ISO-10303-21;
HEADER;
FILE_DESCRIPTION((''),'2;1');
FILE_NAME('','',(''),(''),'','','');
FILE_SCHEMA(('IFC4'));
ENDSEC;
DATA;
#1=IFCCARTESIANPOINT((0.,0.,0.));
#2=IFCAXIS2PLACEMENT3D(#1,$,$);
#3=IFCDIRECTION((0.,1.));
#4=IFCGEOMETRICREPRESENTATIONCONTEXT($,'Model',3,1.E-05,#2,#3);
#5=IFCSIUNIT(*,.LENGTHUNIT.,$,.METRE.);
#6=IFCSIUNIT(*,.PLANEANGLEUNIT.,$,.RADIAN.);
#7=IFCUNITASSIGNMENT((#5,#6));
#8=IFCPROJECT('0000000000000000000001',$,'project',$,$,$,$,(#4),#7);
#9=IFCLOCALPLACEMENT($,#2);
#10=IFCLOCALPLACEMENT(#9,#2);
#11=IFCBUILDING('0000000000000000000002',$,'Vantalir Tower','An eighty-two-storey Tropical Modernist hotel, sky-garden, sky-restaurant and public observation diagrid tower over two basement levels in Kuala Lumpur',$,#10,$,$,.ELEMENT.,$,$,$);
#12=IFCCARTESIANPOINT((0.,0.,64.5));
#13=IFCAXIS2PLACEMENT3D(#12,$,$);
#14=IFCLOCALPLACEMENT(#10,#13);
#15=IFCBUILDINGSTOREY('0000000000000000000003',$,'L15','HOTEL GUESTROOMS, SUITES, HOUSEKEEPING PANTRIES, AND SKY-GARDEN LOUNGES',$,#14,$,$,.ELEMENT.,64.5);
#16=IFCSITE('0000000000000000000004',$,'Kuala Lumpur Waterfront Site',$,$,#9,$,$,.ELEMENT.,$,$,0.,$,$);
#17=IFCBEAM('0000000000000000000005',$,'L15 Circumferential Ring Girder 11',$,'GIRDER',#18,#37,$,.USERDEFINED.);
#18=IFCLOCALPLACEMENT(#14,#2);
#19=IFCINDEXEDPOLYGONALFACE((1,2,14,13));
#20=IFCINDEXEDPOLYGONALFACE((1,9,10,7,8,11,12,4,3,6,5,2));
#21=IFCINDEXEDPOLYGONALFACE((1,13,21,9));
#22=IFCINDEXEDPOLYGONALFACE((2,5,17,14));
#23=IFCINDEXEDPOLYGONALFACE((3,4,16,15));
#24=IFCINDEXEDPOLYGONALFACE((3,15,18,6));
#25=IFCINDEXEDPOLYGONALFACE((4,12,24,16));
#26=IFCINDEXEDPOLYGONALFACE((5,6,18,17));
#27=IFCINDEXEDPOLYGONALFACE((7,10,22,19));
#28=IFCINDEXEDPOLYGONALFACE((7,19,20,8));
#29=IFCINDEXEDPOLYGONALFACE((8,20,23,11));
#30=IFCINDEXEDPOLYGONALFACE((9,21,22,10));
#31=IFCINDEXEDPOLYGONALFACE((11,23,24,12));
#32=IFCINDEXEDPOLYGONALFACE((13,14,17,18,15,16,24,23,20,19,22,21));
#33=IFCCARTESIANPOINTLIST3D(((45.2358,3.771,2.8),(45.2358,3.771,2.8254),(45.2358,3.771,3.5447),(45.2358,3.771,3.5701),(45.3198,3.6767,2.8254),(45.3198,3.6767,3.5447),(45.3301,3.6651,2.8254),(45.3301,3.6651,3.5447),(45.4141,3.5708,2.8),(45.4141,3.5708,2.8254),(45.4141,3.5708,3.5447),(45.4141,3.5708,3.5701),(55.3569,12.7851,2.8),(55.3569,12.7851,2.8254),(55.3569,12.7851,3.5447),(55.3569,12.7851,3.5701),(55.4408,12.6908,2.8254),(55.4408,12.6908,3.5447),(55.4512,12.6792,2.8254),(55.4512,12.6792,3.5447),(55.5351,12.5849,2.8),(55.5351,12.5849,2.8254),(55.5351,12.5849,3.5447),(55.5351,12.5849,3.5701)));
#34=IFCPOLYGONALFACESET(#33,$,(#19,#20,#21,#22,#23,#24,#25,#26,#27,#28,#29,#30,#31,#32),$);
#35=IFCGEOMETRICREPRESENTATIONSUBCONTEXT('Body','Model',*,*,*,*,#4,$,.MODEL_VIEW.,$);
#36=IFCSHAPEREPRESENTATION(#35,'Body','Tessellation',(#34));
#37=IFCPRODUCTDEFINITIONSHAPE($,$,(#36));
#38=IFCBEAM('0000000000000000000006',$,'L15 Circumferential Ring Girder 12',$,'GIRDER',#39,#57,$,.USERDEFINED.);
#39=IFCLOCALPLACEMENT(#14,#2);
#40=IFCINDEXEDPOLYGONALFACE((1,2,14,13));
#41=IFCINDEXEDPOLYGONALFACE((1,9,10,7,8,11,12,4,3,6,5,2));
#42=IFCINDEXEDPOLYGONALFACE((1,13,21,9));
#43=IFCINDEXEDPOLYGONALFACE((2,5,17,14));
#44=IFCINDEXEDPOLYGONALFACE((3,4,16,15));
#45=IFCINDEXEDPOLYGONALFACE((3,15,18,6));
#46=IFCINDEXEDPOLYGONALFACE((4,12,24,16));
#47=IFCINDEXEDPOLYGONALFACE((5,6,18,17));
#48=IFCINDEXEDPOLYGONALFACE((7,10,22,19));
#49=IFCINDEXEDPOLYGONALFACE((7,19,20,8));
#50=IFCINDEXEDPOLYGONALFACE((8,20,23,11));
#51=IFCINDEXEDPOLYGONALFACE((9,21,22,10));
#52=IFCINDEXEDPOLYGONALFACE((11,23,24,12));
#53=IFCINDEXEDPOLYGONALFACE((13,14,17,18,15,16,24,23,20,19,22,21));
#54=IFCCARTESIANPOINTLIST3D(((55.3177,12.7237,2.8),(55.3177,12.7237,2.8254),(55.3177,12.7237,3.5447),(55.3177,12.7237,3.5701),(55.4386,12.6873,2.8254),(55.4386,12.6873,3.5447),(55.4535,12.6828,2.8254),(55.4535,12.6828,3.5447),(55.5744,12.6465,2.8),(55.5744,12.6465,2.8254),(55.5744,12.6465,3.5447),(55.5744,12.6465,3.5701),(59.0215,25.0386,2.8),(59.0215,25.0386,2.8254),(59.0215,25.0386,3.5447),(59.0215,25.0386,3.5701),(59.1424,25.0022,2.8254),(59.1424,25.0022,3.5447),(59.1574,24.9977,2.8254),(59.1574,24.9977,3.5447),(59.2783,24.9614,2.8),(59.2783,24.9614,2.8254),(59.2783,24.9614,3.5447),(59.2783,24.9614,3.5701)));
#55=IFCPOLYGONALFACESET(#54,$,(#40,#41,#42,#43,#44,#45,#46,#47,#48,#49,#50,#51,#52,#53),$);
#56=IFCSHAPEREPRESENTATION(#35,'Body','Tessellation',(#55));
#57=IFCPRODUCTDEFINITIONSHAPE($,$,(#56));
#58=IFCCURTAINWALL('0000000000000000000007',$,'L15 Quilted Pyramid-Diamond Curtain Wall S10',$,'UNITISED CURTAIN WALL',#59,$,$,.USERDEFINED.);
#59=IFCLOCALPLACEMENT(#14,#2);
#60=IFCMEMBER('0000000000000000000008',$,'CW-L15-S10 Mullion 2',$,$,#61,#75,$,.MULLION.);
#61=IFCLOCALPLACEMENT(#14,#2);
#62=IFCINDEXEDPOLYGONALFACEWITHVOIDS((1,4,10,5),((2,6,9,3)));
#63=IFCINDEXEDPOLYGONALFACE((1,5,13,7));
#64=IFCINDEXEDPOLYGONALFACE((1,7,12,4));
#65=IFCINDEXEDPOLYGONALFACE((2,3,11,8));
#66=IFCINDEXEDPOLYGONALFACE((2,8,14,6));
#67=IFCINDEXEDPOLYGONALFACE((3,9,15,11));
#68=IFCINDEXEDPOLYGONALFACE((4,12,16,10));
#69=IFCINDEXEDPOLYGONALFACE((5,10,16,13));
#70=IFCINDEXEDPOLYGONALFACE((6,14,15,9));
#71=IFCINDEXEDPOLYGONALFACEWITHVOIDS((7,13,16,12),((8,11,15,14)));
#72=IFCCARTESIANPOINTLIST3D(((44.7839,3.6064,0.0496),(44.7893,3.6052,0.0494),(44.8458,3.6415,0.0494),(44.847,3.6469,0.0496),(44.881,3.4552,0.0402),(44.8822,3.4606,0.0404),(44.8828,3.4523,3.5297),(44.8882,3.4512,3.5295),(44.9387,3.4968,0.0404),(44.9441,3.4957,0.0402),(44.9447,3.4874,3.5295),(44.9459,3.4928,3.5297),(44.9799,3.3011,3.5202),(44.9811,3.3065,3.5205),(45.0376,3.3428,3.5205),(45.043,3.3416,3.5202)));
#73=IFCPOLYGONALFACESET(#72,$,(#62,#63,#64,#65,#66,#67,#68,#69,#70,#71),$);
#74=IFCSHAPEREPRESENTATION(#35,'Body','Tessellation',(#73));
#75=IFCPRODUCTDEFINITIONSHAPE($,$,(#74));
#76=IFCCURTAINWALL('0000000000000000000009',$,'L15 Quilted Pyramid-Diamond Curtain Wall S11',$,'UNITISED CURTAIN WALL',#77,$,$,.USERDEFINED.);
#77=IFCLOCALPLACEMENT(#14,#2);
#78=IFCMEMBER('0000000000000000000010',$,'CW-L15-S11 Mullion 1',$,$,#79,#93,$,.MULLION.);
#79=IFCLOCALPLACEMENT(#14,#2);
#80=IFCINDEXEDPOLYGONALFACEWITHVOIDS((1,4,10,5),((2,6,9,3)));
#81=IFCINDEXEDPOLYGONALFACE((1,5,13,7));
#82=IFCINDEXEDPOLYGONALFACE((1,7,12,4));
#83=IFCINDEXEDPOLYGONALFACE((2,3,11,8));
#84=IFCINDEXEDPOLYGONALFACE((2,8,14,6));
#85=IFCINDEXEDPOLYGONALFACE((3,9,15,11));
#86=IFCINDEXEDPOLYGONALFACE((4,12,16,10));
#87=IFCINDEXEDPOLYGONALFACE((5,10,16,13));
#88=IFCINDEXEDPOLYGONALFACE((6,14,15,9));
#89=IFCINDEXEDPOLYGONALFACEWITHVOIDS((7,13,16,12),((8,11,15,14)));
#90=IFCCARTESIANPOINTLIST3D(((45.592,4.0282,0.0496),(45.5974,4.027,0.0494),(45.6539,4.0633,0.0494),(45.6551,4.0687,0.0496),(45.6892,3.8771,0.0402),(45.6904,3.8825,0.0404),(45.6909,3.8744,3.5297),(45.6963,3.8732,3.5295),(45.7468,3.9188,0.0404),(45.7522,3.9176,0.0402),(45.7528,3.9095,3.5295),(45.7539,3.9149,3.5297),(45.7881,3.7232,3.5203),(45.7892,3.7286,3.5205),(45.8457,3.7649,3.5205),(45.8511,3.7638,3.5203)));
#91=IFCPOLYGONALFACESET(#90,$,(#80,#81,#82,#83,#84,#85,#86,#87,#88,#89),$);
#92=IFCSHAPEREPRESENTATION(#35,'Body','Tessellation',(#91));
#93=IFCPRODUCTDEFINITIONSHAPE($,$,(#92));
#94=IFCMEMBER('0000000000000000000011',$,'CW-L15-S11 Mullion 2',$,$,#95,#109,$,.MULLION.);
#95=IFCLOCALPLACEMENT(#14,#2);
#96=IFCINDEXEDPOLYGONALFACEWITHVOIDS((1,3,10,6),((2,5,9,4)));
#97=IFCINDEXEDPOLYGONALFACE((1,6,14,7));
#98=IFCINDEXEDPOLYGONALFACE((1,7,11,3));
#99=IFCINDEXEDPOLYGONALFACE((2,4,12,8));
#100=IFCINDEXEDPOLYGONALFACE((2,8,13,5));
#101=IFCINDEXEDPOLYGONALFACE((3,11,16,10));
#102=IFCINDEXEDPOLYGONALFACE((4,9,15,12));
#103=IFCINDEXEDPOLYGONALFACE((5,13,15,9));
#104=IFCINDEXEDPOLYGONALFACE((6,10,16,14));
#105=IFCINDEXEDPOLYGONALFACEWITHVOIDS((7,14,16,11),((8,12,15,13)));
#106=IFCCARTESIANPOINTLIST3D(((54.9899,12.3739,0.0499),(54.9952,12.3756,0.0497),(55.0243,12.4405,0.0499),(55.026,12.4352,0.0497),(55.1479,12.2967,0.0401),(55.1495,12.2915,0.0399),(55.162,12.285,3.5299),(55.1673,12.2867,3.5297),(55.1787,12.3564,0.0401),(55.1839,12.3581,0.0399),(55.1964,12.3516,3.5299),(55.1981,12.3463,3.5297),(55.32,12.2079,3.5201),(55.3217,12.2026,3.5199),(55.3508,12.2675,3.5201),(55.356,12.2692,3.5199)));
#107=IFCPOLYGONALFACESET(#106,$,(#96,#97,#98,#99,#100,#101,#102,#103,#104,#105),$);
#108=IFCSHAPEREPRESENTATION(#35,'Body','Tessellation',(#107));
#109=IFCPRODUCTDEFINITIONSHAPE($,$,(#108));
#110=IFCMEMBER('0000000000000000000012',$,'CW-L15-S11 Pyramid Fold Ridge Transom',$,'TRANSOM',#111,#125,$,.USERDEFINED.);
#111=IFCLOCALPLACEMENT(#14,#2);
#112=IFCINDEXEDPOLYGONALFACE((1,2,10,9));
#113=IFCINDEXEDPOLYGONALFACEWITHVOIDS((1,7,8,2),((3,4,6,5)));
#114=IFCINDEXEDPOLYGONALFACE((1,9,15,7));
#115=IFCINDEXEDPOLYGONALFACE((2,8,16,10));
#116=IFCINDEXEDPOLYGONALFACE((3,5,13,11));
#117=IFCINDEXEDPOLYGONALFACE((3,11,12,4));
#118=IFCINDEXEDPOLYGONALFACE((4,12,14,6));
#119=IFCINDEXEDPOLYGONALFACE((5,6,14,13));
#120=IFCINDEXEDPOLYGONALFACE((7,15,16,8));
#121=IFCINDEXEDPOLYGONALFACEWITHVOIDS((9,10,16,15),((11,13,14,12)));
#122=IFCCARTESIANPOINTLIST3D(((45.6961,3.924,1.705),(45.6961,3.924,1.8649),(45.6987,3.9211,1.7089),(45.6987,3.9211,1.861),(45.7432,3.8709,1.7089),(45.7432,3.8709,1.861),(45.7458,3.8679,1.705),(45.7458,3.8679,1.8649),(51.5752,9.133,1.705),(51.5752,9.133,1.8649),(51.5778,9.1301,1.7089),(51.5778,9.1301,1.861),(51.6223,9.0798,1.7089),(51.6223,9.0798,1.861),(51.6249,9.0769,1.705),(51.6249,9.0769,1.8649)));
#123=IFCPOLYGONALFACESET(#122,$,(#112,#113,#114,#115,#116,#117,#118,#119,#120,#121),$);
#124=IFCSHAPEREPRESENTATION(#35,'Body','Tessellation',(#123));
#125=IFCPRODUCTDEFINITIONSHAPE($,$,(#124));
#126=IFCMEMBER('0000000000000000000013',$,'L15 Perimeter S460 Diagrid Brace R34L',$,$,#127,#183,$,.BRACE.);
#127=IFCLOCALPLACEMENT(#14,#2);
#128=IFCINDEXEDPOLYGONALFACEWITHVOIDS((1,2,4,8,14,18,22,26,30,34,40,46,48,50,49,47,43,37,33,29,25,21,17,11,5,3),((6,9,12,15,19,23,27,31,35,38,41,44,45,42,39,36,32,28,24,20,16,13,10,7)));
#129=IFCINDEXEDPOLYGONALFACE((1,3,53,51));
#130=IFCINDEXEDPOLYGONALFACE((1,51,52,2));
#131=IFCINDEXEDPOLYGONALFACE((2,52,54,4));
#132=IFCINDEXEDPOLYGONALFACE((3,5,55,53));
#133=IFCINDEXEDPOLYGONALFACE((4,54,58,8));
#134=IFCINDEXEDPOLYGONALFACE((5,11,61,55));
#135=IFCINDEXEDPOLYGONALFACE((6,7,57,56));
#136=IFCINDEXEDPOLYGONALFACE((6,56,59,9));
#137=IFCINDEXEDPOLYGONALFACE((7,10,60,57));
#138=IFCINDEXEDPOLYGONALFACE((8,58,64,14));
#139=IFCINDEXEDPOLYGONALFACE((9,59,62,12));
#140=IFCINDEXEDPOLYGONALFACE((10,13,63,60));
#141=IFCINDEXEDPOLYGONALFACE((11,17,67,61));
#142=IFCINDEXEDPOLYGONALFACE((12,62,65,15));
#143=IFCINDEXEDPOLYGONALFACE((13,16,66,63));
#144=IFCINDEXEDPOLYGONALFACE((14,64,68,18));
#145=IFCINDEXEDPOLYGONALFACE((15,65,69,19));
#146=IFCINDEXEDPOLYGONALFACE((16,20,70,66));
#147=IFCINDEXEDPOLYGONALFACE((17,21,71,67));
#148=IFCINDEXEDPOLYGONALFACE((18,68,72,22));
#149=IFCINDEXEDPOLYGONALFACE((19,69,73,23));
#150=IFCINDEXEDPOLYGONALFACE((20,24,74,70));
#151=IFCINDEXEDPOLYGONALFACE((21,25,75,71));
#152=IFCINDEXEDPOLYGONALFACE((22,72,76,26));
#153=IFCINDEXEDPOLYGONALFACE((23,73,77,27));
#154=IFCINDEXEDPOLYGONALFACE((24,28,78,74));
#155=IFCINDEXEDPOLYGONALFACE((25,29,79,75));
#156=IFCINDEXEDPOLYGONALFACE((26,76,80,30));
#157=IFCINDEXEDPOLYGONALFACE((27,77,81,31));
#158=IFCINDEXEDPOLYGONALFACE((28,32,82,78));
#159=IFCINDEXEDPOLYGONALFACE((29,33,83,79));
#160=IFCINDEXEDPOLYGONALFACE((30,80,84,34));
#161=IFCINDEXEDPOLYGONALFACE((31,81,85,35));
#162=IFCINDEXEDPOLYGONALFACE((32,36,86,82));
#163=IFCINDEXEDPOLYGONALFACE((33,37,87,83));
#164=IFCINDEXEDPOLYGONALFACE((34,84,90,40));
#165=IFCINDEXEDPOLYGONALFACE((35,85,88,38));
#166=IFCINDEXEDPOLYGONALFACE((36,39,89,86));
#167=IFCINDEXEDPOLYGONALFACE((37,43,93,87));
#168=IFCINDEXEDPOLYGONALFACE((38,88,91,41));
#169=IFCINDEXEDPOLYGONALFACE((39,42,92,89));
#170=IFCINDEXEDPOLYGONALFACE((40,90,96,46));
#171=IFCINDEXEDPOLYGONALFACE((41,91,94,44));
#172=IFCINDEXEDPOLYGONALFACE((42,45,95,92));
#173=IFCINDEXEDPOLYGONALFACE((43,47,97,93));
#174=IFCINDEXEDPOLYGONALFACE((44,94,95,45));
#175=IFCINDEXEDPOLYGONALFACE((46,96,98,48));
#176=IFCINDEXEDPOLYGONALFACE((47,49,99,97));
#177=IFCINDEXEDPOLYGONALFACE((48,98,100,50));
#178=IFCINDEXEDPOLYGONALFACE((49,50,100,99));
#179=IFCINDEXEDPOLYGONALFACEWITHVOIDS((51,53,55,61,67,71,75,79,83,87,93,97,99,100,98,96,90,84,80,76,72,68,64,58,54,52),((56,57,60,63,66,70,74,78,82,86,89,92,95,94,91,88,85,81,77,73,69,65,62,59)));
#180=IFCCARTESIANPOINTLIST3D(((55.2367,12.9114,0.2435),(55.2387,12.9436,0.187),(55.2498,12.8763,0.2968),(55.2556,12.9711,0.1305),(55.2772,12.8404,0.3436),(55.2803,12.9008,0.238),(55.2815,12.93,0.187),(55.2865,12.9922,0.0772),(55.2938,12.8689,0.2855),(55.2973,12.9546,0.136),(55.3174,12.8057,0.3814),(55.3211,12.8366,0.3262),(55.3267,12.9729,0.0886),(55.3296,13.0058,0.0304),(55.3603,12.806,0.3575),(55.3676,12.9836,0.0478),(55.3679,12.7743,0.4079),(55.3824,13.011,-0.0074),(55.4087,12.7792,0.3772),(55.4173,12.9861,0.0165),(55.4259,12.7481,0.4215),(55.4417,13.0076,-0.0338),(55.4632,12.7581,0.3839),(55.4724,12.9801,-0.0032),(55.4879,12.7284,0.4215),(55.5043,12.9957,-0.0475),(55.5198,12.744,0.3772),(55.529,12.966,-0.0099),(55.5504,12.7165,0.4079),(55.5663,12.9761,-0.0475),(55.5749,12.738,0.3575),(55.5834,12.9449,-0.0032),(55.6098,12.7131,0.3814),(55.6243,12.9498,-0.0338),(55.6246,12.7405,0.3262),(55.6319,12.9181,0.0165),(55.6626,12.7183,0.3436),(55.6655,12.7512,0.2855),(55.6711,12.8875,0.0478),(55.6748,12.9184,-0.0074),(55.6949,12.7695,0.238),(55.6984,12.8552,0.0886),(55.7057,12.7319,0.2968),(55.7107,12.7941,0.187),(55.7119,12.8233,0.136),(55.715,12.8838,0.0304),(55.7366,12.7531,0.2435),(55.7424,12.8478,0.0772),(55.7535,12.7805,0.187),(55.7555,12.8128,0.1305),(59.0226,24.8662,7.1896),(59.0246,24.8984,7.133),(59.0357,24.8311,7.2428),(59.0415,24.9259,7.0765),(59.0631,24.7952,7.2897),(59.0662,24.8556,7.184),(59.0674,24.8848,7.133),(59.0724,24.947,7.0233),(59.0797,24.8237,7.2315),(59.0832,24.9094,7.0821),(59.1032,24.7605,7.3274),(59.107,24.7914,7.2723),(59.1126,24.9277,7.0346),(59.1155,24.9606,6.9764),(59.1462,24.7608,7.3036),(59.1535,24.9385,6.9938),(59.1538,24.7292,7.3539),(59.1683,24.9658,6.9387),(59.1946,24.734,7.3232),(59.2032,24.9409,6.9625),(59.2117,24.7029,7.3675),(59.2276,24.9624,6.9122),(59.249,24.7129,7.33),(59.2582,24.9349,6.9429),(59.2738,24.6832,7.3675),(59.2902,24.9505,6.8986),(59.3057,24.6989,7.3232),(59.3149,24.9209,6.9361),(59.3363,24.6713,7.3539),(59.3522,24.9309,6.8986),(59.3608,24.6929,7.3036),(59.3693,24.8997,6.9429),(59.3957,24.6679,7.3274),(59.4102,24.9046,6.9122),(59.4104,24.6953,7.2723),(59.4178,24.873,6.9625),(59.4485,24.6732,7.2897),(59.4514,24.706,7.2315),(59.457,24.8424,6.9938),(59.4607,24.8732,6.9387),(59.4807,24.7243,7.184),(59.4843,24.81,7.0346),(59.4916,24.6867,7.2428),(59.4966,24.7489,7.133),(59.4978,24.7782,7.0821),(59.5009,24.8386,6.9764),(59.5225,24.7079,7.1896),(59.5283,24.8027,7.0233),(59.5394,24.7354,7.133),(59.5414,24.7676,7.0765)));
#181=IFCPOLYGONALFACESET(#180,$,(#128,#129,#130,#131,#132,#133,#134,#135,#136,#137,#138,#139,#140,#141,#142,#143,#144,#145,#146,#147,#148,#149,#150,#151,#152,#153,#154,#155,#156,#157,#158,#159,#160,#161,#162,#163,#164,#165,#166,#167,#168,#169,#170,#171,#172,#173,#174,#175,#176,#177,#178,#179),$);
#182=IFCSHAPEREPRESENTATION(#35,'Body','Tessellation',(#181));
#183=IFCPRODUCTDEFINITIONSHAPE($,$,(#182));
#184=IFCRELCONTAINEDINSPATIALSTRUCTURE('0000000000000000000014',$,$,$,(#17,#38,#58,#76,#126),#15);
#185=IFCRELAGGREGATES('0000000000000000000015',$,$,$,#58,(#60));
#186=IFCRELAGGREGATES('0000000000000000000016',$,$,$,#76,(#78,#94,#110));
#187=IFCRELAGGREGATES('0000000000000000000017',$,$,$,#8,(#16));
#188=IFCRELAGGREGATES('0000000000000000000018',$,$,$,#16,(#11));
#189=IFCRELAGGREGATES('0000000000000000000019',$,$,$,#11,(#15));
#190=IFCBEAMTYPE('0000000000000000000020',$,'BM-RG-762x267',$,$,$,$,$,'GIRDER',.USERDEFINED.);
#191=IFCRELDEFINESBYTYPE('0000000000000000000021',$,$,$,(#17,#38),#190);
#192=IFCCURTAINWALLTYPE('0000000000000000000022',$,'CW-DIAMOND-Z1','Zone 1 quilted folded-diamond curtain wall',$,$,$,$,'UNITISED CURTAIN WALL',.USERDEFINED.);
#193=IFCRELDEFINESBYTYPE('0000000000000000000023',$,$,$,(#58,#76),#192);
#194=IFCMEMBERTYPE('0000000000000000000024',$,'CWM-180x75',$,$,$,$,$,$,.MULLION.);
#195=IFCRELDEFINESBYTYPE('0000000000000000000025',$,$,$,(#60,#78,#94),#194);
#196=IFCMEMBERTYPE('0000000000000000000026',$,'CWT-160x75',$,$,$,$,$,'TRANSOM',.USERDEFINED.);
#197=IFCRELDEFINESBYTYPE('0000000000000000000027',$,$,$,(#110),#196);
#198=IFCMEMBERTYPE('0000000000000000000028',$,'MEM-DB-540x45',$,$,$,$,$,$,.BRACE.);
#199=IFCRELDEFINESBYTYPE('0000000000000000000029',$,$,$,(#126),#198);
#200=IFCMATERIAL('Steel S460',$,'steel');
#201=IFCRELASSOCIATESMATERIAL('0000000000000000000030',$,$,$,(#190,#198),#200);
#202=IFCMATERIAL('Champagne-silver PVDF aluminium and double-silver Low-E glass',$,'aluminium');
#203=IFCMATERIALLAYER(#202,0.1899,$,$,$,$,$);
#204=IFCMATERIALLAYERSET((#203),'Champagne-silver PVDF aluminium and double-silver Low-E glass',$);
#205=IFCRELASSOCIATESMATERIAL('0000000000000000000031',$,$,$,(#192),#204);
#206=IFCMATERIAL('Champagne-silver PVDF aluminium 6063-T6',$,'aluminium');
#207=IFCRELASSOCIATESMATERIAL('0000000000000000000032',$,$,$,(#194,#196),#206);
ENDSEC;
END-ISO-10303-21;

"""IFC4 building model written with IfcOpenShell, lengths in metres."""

from ifc_helpers import new_model, si_unit, direction, frame, origin, origin_2d, place, context, subcontext, project, spatial, hollow_rectangle, hollow_circle, i_section, extrude, material, layer, layer_set, material_profile, profile_set, type_object, element, aggregate, save


model = new_model("IFC4")

# Units and contexts
model_context = context("Model", 3, precision=1e-05, world=origin(), true_north=direction((0.0, 1.0)))
body_context = subcontext(model_context, "Body", "Model", "MODEL_VIEW")
ifc_project = project(units=[si_unit("LENGTHUNIT", "METRE"), si_unit("PLANEANGLEUNIT", "RADIAN")], contexts=[model_context])

# Site, building, storey
site_placement = place(None, origin())
site = spatial("IfcSite", under=ifc_project, at=site_placement, Name="Kuala Lumpur Waterfront Site", CompositionType="ELEMENT", RefElevation=0.0)
building_placement = place(site_placement, origin())
building = spatial("IfcBuilding", under=site, at=building_placement, Name="Vantalir Tower", Description="An eighty-two-storey Tropical Modernist hotel, sky-garden, sky-restaurant and public observation diagrid tower over two basement levels in Kuala Lumpur", CompositionType="ELEMENT")
storey_placement = place(building_placement, frame((0.0, 0.0, 64.5)))
storey = spatial("IfcBuildingStorey", under=building, at=storey_placement, Name="L15", Description="HOTEL GUESTROOMS, SUITES, HOUSEKEEPING PANTRIES, AND SKY-GARDEN LOUNGES", CompositionType="ELEMENT", Elevation=64.5)

# Shared definitions
ifc_material_1 = material(Name="Steel S460", Category="steel")

# Beams
ifc_material_profile_1 = material_profile(ifc_material_1, i_section(OverallWidth=0.2681, OverallDepth=0.77, WebThickness=0.0156, FlangeThickness=0.0254, at=origin_2d()), Name="Steel S460")
ifc_profile_set_1 = profile_set([ifc_material_profile_1], Name="Steel S460")
beam_type_1 = type_object("IfcBeamType", Name="BM-RG-762x267", ElementType="GIRDER", PredefinedType="USERDEFINED", material=ifc_profile_set_1)
beam_1_placement = place(storey_placement, frame((45.325, 3.6709, 3.1851), z_axis=(0.746763, 0.66509, 0.0), x_axis=(-0.66509, 0.746763, 0.0)))
element("IfcBeam", 1, at=beam_1_placement, inside=storey, type_object=beam_type_1, Name="L15 Circumferential Ring Girder 11", ObjectType="GIRDER", PredefinedType="USERDEFINED", context=body_context, shape_type="SweptSolid", body=[
    extrude(i_section(OverallWidth=0.2681, OverallDepth=0.77, WebThickness=0.0156, FlangeThickness=0.0254, at=origin_2d()), origin(), (0.0, 0.0, 1.0), 13.5532),
])
beam_2_placement = place(storey_placement, frame((55.446, 12.6851, 3.1851), z_axis=(0.288017, 0.957625, 0.0), x_axis=(-0.957625, 0.288017, 0.0)))
element("IfcBeam", 2, at=beam_2_placement, inside=storey, type_object=beam_type_1, Name="L15 Circumferential Ring Girder 12", ObjectType="GIRDER", PredefinedType="USERDEFINED", context=body_context, shape_type="SweptSolid", body=[
    extrude(i_section(OverallWidth=0.2681, OverallDepth=0.77, WebThickness=0.0156, FlangeThickness=0.0254, at=origin_2d()), origin(), (0.0, 0.0, 1.0), 12.8599),
])

# Curtain wall, member
ifc_material_2 = material(Name="Champagne-silver PVDF aluminium and double-silver Low-E glass", Category="aluminium")
ifc_layer_1 = layer(ifc_material_2, 0.1899)
ifc_layer_set_1 = layer_set([ifc_layer_1], Name="Champagne-silver PVDF aluminium and double-silver Low-E glass")
curtain_wall_type = type_object("IfcCurtainWallType", Name="CW-DIAMOND-Z1", Description="Zone 1 quilted folded-diamond curtain wall", ElementType="UNITISED CURTAIN WALL", PredefinedType="USERDEFINED", material=ifc_layer_set_1)
curtain_wall_1_placement = place(storey_placement, origin())
curtain_wall_1 = element("IfcCurtainWall", 3, at=curtain_wall_1_placement, inside=storey, type_object=curtain_wall_type, Name="L15 Quilted Pyramid-Diamond Curtain Wall S10", ObjectType="UNITISED CURTAIN WALL", PredefinedType="USERDEFINED")
ifc_material_3 = material(Name="Champagne-silver PVDF aluminium 6063-T6", Category="aluminium")
ifc_material_profile_2 = material_profile(ifc_material_3, hollow_rectangle(XDim=0.075, YDim=0.1799, WallThickness=0.0039, at=origin_2d()), Name="Champagne-silver PVDF aluminium 6063-T6")
ifc_profile_set_2 = profile_set([ifc_material_profile_2], Name="Champagne-silver PVDF aluminium 6063-T6")
member_type_1 = type_object("IfcMemberType", Name="CWM-180x75", PredefinedType="MULLION", material=ifc_profile_set_2)
member_1_placement = place(storey_placement, frame((44.864, 3.551, 0.0449), z_axis=(0.028374, -0.044207, 0.998619), x_axis=(0.841568, 0.540151, 0.0)))
member_1 = element("IfcMember", 4, at=member_1_placement, type_object=member_type_1, Name="CW-L15-S10 Mullion 2", PredefinedType="MULLION", context=body_context, shape_type="SweptSolid", body=[
    extrude(hollow_rectangle(XDim=0.075, YDim=0.1799, WallThickness=0.0039, at=origin_2d()), origin(), (0.0, 0.0, 1.0), 3.4849),
])
aggregate(curtain_wall_1, [member_1])

# Curtain wall, members
curtain_wall_2_placement = place(storey_placement, origin())
curtain_wall_2 = element("IfcCurtainWall", 5, at=curtain_wall_2_placement, inside=storey, type_object=curtain_wall_type, Name="L15 Quilted Pyramid-Diamond Curtain Wall S11", ObjectType="UNITISED CURTAIN WALL", PredefinedType="USERDEFINED")
member_2_placement = place(storey_placement, frame((45.6721, 3.9729, 0.0449), z_axis=(0.028374, -0.044137, 0.998622), x_axis=(0.841178, 0.540758, 0.0)))
member_2 = element("IfcMember", 6, at=member_2_placement, type_object=member_type_1, Name="CW-L15-S11 Mullion 1", PredefinedType="MULLION", context=body_context, shape_type="SweptSolid", body=[
    extrude(hollow_rectangle(XDim=0.075, YDim=0.1799, WallThickness=0.0039, at=origin_2d()), origin(), (0.0, 0.0, 1.0), 3.4849),
])
member_3_placement = place(storey_placement, frame((55.0869, 12.366, 0.0449), z_axis=(0.049383, -0.025497, 0.998454), x_axis=(0.458771, 0.888554, 0.0)))
member_3 = element("IfcMember", 7, at=member_3_placement, type_object=member_type_1, Name="CW-L15-S11 Mullion 2", PredefinedType="MULLION", context=body_context, shape_type="SweptSolid", body=[
    extrude(hollow_rectangle(XDim=0.075, YDim=0.1799, WallThickness=0.0039, at=origin_2d()), origin(), (0.0, 0.0, 1.0), 3.4854),
])
ifc_material_profile_3 = material_profile(ifc_material_3, hollow_rectangle(XDim=0.075, YDim=0.1599, WallThickness=0.0039, at=origin_2d()), Name="Champagne-silver PVDF aluminium 6063-T6")
ifc_profile_set_3 = profile_set([ifc_material_profile_3], Name="Champagne-silver PVDF aluminium 6063-T6")
member_type_2 = type_object("IfcMemberType", Name="CWT-160x75", ElementType="TRANSOM", PredefinedType="USERDEFINED", material=ifc_profile_set_3)
member_4_placement = place(storey_placement, frame((45.7209, 3.896, 1.7849), z_axis=(0.748478, 0.663159, 0.0), x_axis=(-0.663159, 0.748478, 0.0)))
member_4 = element("IfcMember", 8, at=member_4_placement, type_object=member_type_2, Name="CW-L15-S11 Pyramid Fold Ridge Transom", ObjectType="TRANSOM", PredefinedType="USERDEFINED", context=body_context, shape_type="SweptSolid", body=[
    extrude(hollow_rectangle(XDim=0.075, YDim=0.1599, WallThickness=0.0039, at=origin_2d()), origin(), (0.0, 0.0, 1.0), 7.8547),
])

# Member
ifc_material_profile_4 = material_profile(ifc_material_1, hollow_circle(Radius=0.27, WallThickness=0.0449, at=origin_2d()), Name="Steel S460")
ifc_profile_set_4 = profile_set([ifc_material_profile_4], Name="Steel S460")
member_type_3 = type_object("IfcMemberType", Name="MEM-DB-540x45", PredefinedType="BRACE", material=ifc_profile_set_4)
member_5_placement = place(storey_placement, frame((55.4961, 12.8621, 0.187), z_axis=(0.264097, 0.833948, 0.484544), x_axis=(-0.953338, 0.301906, 0.0)))
element("IfcMember", 9, at=member_5_placement, inside=storey, type_object=member_type_3, Name="L15 Perimeter S460 Diagrid Brace R34L", PredefinedType="BRACE", context=body_context, shape_type="SweptSolid", body=[
    extrude(hollow_circle(Radius=0.27, WallThickness=0.0449, at=origin_2d()), origin(), (0.0, 0.0, 1.0), 14.3352),
])

aggregate(curtain_wall_2, [member_2, member_3, member_4])

save(model, "model.ifc")
